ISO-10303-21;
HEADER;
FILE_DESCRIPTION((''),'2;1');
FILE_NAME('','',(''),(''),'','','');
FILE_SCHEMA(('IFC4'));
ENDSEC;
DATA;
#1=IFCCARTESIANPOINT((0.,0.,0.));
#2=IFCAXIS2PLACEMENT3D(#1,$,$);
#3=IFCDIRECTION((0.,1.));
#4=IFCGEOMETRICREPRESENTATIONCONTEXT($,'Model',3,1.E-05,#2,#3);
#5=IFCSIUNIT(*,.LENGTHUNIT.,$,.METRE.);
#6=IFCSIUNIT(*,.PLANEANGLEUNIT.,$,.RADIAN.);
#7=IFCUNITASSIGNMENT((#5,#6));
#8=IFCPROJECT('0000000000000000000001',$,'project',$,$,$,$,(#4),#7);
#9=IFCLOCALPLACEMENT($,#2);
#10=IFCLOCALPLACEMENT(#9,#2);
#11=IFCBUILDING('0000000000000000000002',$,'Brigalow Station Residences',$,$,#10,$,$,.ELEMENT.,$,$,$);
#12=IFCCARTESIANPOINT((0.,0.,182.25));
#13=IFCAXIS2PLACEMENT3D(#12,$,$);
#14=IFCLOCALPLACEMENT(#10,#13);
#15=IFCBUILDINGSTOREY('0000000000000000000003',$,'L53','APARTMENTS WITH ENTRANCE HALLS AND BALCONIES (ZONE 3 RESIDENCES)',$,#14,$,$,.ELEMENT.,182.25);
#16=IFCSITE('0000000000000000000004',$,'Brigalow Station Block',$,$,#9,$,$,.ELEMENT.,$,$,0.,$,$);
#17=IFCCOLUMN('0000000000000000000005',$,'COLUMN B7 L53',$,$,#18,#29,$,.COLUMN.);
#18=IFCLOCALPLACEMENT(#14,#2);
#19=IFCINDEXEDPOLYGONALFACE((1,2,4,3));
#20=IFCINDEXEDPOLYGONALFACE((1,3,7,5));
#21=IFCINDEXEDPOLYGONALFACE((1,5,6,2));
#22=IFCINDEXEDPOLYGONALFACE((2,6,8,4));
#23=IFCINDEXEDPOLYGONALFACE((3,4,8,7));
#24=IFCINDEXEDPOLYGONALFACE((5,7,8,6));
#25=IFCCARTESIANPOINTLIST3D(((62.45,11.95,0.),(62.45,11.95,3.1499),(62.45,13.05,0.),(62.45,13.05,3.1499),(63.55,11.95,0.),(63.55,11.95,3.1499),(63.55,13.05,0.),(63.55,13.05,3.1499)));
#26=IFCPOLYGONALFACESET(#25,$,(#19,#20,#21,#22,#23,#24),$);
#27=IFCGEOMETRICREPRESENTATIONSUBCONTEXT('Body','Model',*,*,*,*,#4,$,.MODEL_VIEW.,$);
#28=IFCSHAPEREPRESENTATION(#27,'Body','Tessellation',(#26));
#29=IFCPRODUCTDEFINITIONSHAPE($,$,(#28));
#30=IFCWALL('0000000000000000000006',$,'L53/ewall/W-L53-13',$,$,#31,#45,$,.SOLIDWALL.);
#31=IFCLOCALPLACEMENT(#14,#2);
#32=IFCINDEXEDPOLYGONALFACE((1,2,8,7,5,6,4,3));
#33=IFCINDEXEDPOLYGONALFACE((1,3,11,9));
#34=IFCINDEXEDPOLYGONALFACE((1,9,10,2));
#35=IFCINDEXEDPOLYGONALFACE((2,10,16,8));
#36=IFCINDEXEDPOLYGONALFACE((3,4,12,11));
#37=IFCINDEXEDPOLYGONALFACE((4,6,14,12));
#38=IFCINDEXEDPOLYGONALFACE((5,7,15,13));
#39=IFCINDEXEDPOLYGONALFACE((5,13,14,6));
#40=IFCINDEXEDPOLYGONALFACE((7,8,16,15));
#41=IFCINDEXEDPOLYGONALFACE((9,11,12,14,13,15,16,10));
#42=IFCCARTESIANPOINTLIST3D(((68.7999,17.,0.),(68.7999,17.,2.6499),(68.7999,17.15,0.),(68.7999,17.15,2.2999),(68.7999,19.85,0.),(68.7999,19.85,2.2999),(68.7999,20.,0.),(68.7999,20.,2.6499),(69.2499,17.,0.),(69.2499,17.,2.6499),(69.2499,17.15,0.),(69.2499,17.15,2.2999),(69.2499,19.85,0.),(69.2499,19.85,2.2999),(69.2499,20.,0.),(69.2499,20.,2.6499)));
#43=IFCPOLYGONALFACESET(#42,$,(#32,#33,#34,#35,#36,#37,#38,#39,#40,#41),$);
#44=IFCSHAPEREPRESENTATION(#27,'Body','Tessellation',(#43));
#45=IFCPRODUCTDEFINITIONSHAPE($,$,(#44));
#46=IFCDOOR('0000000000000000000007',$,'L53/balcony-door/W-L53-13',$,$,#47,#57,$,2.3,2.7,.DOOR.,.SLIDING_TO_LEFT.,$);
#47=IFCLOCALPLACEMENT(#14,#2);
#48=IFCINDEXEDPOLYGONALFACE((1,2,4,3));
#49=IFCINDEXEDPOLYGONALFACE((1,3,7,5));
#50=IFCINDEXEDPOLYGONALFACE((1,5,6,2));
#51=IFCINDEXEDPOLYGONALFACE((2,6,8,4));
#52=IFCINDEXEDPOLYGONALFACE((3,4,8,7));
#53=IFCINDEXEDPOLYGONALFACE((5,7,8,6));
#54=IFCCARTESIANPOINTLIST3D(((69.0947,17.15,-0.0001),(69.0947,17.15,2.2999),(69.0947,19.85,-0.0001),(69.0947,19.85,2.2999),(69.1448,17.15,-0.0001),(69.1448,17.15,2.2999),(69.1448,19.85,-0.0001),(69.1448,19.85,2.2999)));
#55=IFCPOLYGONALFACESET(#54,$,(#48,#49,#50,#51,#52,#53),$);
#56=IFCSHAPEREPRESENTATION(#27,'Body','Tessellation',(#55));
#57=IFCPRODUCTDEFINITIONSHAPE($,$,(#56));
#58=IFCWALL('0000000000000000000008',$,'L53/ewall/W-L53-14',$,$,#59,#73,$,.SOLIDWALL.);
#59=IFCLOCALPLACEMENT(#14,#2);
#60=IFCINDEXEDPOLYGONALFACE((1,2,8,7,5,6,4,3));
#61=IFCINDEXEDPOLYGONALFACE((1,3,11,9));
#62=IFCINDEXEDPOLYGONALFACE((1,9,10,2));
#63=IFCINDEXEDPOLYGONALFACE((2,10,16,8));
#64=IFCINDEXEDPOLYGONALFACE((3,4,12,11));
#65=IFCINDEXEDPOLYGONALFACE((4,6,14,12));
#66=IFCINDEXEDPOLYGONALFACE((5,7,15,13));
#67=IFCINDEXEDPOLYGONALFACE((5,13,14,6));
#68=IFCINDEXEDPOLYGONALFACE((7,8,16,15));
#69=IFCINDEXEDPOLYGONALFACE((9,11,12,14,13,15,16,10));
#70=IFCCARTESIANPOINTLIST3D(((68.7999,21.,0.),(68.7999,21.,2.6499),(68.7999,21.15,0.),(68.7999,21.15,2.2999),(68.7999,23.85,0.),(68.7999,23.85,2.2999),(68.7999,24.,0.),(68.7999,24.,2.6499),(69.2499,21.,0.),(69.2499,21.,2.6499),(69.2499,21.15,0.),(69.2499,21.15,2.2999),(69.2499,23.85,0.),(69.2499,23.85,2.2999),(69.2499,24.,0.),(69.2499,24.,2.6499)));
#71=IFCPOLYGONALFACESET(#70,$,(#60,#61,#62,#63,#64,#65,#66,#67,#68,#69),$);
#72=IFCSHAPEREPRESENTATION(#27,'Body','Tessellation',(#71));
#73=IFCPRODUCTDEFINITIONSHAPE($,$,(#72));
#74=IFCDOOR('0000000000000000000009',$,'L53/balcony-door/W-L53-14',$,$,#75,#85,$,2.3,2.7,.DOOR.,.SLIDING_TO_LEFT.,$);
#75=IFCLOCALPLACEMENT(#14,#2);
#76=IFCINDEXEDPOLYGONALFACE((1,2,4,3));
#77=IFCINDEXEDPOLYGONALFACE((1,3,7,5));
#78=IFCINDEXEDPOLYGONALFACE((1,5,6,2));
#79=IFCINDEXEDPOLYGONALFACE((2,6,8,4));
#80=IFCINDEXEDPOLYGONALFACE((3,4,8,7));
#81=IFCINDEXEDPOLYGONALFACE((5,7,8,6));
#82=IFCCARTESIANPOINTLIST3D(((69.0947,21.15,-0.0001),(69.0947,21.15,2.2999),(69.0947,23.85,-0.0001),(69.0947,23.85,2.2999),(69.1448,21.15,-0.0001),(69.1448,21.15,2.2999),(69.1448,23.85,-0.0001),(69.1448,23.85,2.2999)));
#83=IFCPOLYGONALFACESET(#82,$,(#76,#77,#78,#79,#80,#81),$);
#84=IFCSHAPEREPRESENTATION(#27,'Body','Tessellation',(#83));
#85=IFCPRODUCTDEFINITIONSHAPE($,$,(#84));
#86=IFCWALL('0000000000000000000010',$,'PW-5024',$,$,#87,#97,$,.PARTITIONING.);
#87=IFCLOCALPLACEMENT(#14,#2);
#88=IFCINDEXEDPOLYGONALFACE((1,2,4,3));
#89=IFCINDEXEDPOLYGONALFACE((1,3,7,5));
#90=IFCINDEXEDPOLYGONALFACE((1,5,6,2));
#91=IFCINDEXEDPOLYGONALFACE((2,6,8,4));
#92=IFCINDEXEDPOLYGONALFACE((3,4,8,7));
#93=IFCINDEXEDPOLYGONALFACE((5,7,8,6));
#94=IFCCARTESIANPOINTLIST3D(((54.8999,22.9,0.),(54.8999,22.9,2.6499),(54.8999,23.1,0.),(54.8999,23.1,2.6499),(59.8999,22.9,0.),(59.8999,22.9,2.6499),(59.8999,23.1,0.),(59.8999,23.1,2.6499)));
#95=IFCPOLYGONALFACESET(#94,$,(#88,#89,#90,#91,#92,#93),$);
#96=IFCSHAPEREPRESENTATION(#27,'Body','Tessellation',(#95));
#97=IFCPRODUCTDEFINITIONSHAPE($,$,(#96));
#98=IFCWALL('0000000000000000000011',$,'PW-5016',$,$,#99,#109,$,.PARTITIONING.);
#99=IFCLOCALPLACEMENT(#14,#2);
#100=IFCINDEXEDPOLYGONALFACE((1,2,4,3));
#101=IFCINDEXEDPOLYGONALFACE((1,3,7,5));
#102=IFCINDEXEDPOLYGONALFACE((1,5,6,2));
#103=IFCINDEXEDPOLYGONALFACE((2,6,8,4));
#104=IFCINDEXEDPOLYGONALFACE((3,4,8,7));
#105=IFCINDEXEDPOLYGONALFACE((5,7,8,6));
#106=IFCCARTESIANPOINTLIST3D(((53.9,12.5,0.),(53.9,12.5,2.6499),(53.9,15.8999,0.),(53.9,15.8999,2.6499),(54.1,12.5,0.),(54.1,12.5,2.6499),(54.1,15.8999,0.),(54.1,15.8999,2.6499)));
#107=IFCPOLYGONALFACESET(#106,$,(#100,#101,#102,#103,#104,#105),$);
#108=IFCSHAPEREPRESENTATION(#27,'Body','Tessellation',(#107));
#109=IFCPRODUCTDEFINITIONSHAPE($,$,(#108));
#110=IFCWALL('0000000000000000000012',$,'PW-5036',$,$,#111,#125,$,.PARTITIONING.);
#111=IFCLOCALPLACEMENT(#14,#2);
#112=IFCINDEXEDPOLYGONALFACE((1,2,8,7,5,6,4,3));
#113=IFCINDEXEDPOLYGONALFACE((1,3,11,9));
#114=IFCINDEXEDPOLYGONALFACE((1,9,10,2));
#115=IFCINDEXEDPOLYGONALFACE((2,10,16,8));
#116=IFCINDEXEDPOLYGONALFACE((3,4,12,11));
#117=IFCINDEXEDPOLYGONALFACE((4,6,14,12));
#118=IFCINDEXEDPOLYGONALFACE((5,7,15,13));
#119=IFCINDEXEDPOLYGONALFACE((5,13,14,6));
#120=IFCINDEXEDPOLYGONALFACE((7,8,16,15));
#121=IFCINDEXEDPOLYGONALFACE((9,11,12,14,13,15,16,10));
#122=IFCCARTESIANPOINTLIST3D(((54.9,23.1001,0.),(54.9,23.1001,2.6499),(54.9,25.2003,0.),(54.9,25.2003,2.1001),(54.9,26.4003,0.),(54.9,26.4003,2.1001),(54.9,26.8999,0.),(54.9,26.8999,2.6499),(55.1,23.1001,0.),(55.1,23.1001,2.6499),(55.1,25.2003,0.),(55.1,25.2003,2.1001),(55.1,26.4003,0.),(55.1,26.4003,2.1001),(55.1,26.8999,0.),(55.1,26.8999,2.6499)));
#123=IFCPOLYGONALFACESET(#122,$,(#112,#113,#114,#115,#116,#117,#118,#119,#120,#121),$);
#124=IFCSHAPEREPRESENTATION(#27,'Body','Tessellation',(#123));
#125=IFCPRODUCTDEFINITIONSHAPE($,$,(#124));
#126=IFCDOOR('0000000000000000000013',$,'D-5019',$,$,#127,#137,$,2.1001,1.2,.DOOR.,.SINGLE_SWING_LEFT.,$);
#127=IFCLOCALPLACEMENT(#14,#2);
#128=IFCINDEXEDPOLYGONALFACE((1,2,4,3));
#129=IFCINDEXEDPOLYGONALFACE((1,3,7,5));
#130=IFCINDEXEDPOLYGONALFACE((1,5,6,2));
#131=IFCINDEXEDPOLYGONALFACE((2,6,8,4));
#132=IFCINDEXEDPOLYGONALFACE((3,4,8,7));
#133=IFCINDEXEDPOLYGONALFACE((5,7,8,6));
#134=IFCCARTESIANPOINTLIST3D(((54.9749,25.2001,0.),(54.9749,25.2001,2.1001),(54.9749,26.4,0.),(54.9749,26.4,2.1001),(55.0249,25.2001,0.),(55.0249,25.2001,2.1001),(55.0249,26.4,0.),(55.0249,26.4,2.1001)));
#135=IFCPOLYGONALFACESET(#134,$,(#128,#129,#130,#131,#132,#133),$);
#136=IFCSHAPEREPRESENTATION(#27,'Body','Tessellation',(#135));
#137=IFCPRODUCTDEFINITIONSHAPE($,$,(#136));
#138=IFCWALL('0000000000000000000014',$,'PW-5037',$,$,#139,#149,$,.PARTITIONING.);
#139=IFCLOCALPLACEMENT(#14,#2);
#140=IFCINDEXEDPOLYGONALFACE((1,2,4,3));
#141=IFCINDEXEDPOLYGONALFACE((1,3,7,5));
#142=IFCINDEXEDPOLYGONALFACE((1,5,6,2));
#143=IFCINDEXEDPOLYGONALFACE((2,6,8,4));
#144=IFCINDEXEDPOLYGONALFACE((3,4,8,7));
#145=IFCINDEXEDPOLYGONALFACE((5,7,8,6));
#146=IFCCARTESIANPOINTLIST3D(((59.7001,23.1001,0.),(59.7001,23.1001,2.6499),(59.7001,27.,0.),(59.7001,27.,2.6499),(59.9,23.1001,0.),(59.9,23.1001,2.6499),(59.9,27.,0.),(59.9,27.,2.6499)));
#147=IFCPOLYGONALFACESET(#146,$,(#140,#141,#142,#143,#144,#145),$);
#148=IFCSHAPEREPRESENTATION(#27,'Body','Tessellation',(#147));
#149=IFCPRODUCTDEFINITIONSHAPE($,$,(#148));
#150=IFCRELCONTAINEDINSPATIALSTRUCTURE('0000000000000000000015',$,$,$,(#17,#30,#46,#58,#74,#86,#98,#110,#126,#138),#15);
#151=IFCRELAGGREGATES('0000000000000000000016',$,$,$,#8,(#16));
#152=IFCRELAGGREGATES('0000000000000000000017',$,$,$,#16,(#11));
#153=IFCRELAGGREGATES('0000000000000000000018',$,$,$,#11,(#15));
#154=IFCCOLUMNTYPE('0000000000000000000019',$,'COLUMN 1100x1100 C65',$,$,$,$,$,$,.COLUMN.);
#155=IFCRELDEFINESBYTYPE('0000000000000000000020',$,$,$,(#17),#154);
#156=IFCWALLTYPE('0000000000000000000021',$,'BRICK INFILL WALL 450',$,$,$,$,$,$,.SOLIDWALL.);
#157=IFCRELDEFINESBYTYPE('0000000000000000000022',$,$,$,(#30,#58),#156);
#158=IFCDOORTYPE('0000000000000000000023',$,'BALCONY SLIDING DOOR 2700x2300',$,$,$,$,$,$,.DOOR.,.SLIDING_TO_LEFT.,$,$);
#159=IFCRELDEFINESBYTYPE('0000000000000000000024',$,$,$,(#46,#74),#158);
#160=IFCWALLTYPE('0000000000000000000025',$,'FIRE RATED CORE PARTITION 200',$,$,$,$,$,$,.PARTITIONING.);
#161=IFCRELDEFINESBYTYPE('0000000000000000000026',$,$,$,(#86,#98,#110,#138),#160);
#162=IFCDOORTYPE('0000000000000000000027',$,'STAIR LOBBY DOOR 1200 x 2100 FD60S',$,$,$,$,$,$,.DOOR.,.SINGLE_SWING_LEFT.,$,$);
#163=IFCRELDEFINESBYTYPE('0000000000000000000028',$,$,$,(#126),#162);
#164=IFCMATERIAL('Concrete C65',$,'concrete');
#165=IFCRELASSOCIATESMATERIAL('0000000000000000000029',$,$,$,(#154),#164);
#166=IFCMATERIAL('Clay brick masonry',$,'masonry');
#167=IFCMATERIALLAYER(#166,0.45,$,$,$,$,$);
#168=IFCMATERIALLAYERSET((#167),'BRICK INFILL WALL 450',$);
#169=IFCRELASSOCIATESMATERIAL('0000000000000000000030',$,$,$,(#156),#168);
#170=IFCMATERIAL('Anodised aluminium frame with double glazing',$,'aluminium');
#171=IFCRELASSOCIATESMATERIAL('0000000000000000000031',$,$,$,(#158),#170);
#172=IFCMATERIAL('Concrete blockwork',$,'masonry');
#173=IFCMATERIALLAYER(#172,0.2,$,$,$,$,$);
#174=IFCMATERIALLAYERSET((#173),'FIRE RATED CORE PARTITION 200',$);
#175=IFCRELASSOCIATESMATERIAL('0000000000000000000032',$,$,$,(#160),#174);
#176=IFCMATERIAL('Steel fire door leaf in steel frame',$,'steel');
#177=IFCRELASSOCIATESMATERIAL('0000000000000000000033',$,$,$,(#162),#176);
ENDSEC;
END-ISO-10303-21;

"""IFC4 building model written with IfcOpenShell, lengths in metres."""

from ifc_helpers import new_model, si_unit, direction, frame, frame_2d, origin, origin_2d, place, context, subcontext, project, spatial, rectangle, extrude, material, layer, layer_set, material_profile, profile_set, type_object, element, fill, save


model = new_model("IFC4")

# Units and contexts
model_context = context("Model", 3, precision=1e-05, world=origin(), true_north=direction((0.0, 1.0)))
body_context = subcontext(model_context, "Body", "Model", "MODEL_VIEW")
ifc_project = project(units=[si_unit("LENGTHUNIT", "METRE"), si_unit("PLANEANGLEUNIT", "RADIAN")], contexts=[model_context])

# Site, building, storey
site_placement = place(None, origin())
site = spatial("IfcSite", under=ifc_project, at=site_placement, Name="Brigalow Station Block", CompositionType="ELEMENT", RefElevation=0.0)
building_placement = place(site_placement, origin())
building = spatial("IfcBuilding", under=site, at=building_placement, Name="Brigalow Station Residences", CompositionType="ELEMENT")
storey_placement = place(building_placement, frame((0.0, 0.0, 182.25)))
storey = spatial("IfcBuildingStorey", under=building, at=storey_placement, Name="L53", Description="APARTMENTS WITH ENTRANCE HALLS AND BALCONIES (ZONE 3 RESIDENCES)", CompositionType="ELEMENT", Elevation=182.25)

# Column
ifc_material_1 = material(Name="Concrete C65", Category="concrete")
ifc_material_profile = material_profile(ifc_material_1, rectangle(XDim=1.1001, YDim=1.1001, at=origin_2d()), Name="RC1100x1100")
ifc_profile_set = profile_set([ifc_material_profile], Name="Concrete C65")
column_type = type_object("IfcColumnType", Name="COLUMN 1100x1100 C65", PredefinedType="COLUMN", material=ifc_profile_set)
column_placement = place(storey_placement, frame((63.0, 12.5, 0.0), z_axis=(0.0, 0.0, 1.0), x_axis=(1.0, 0.0, 0.0)))
element("IfcColumn", 1, at=column_placement, inside=storey, type_object=column_type, Name="COLUMN B7 L53", PredefinedType="COLUMN", context=body_context, shape_type="SweptSolid", body=[
    extrude(rectangle(XDim=1.1001, YDim=1.1001, at=origin_2d()), origin(), (0.0, 0.0, 1.0), 3.1499),
])

# Walls, openings, doors
ifc_material_2 = material(Name="Clay brick masonry", Category="masonry")
ifc_layer_1 = layer(ifc_material_2, 0.45)
ifc_layer_set_1 = layer_set([ifc_layer_1], Name="BRICK INFILL WALL 450")
wall_type_1 = type_object("IfcWallType", Name="BRICK INFILL WALL 450", PredefinedType="SOLIDWALL", material=ifc_layer_set_1)
wall_1_placement = place(storey_placement, frame((69.0249, 17.0, 0.0), z_axis=(0.0, 0.0, 1.0), x_axis=(0.0, 1.0, 0.0)))
wall_1 = element("IfcWall", 2, at=wall_1_placement, inside=storey, type_object=wall_type_1, Name="L53/ewall/W-L53-13", PredefinedType="SOLIDWALL", context=body_context, shape_type="SweptSolid", body=[
    extrude(rectangle(XDim=3.0, YDim=0.45, at=frame_2d((1.5, 0.0))), origin(), (0.0, 0.0, 1.0), 2.6499),
])
opening_1_placement = place(wall_1_placement, frame((0.1499, 0.0, 0.0)))
opening_1 = element("IfcOpeningElement", 3, at=opening_1_placement, cuts=wall_1, PredefinedType="OPENING", context=body_context, shape_type="SweptSolid", body=[
    extrude(rectangle(XDim=2.7, YDim=2.3, at=frame_2d((1.3501, 1.1499))), frame((0.0, 0.2349, 0.0), z_axis=(0.0, -1.0, 0.0), x_axis=(1.0, 0.0, 0.0)), (0.0, 0.0, 1.0), 0.47),
])
ifc_material_3 = material(Name="Anodised aluminium frame with double glazing", Category="aluminium")
door_type_1 = type_object("IfcDoorType", Name="BALCONY SLIDING DOOR 2700x2300", OperationType="SLIDING_TO_LEFT", PredefinedType="DOOR", material=ifc_material_3)
door_1_placement = place(opening_1_placement, origin())
door_1 = element("IfcDoor", 4, at=door_1_placement, inside=storey, type_object=door_type_1, Name="L53/balcony-door/W-L53-13", OperationType="SLIDING_TO_LEFT", OverallHeight=2.3, OverallWidth=2.7, PredefinedType="DOOR", context=body_context, shape_type="SweptSolid", body=[
    extrude(rectangle(XDim=2.7, YDim=2.3, at=frame_2d((1.3501, 1.1499))), frame((0.0, -0.0698, 0.0), z_axis=(0.0, -1.0, 0.0), x_axis=(1.0, 0.0, 0.0)), (0.0, 0.0, 1.0), 0.05),
])
fill(opening_1, door_1)
wall_2_placement = place(storey_placement, frame((69.0249, 21.0, 0.0), z_axis=(0.0, 0.0, 1.0), x_axis=(0.0, 1.0, 0.0)))
wall_2 = element("IfcWall", 5, at=wall_2_placement, inside=storey, type_object=wall_type_1, Name="L53/ewall/W-L53-14", PredefinedType="SOLIDWALL", context=body_context, shape_type="SweptSolid", body=[
    extrude(rectangle(XDim=3.0, YDim=0.45, at=frame_2d((1.5, 0.0))), origin(), (0.0, 0.0, 1.0), 2.6499),
])
opening_2_placement = place(wall_2_placement, frame((0.1499, 0.0, 0.0)))
opening_2 = element("IfcOpeningElement", 6, at=opening_2_placement, cuts=wall_2, PredefinedType="OPENING", context=body_context, shape_type="SweptSolid", body=[
    extrude(rectangle(XDim=2.7, YDim=2.3, at=frame_2d((1.3501, 1.1499))), frame((0.0, 0.2349, 0.0), z_axis=(0.0, -1.0, 0.0), x_axis=(1.0, 0.0, 0.0)), (0.0, 0.0, 1.0), 0.47),
])
door_2_placement = place(opening_2_placement, origin())
door_2 = element("IfcDoor", 7, at=door_2_placement, inside=storey, type_object=door_type_1, Name="L53/balcony-door/W-L53-14", OperationType="SLIDING_TO_LEFT", OverallHeight=2.3, OverallWidth=2.7, PredefinedType="DOOR", context=body_context, shape_type="SweptSolid", body=[
    extrude(rectangle(XDim=2.7, YDim=2.3, at=frame_2d((1.3501, 1.1499))), frame((0.0, -0.0698, 0.0), z_axis=(0.0, -1.0, 0.0), x_axis=(1.0, 0.0, 0.0)), (0.0, 0.0, 1.0), 0.05),
])
fill(opening_2, door_2)

# Walls
ifc_material_4 = material(Name="Concrete blockwork", Category="masonry")
ifc_layer_2 = layer(ifc_material_4, 0.2)
ifc_layer_set_2 = layer_set([ifc_layer_2], Name="FIRE RATED CORE PARTITION 200")
wall_type_2 = type_object("IfcWallType", Name="FIRE RATED CORE PARTITION 200", PredefinedType="PARTITIONING", material=ifc_layer_set_2)
wall_3_placement = place(storey_placement, frame((54.8999, 23.0, 0.0), z_axis=(0.0, 0.0, 1.0), x_axis=(1.0, 0.0, 0.0)))
element("IfcWall", 8, at=wall_3_placement, inside=storey, type_object=wall_type_2, Name="PW-5024", PredefinedType="PARTITIONING", context=body_context, shape_type="SweptSolid", body=[
    extrude(rectangle(XDim=5.0, YDim=0.2, at=frame_2d((2.5, 0.0))), origin(), (0.0, 0.0, 1.0), 2.6499),
])
wall_4_placement = place(storey_placement, frame((54.0, 12.5, 0.0), z_axis=(0.0, 0.0, 1.0), x_axis=(0.0, 1.0, 0.0)))
element("IfcWall", 9, at=wall_4_placement, inside=storey, type_object=wall_type_2, Name="PW-5016", PredefinedType="PARTITIONING", context=body_context, shape_type="SweptSolid", body=[
    extrude(rectangle(XDim=3.3999, YDim=0.2, at=frame_2d((1.7, 0.0))), origin(), (0.0, 0.0, 1.0), 2.6499),
])

# Wall, opening, door
wall_5_placement = place(storey_placement, frame((55.0, 23.1001, 0.0), z_axis=(0.0, 0.0, 1.0), x_axis=(0.0, 1.0, 0.0)))
wall_5 = element("IfcWall", 10, at=wall_5_placement, inside=storey, type_object=wall_type_2, Name="PW-5036", PredefinedType="PARTITIONING", context=body_context, shape_type="SweptSolid", body=[
    extrude(rectangle(XDim=3.7998, YDim=0.2, at=frame_2d((1.8999, 0.0))), origin(), (0.0, 0.0, 1.0), 2.6499),
])
opening_3_placement = place(wall_5_placement, frame((2.1001, 0.0, 0.0)))
opening_3 = element("IfcOpeningElement", 11, at=opening_3_placement, cuts=wall_5, PredefinedType="OPENING", context=body_context, shape_type="SweptSolid", body=[
    extrude(rectangle(XDim=1.2, YDim=2.1001, at=frame_2d((0.6001, 1.05))), frame((0.0, 0.1099, 0.0), z_axis=(0.0, -1.0, 0.0), x_axis=(1.0, 0.0, 0.0)), (0.0, 0.0, 1.0), 0.22),
])
ifc_material_5 = material(Name="Steel fire door leaf in steel frame", Category="steel")
door_type_2 = type_object("IfcDoorType", Name="STAIR LOBBY DOOR 1200 x 2100 FD60S", OperationType="SINGLE_SWING_LEFT", PredefinedType="DOOR", material=ifc_material_5)
door_3_placement = place(opening_3_placement, frame((1.2, 0.0, 0.0), z_axis=(0.0, 0.0, 1.0), x_axis=(-1.0, 0.0, 0.0)))
door_3 = element("IfcDoor", 12, at=door_3_placement, inside=storey, type_object=door_type_2, Name="D-5019", OperationType="SINGLE_SWING_LEFT", OverallHeight=2.1001, OverallWidth=1.2, PredefinedType="DOOR", context=body_context, shape_type="SweptSolid", body=[
    extrude(rectangle(XDim=1.2, YDim=2.1001, at=frame_2d((0.6001, 1.05))), frame((0.0, 0.0249, 0.0), z_axis=(0.0, -1.0, 0.0), x_axis=(1.0, 0.0, 0.0)), (0.0, 0.0, 1.0), 0.05),
])
fill(opening_3, door_3)

# Wall
wall_6_placement = place(storey_placement, frame((59.8, 23.1001, 0.0), z_axis=(0.0, 0.0, 1.0), x_axis=(0.0, 1.0, 0.0)))
element("IfcWall", 13, at=wall_6_placement, inside=storey, type_object=wall_type_2, Name="PW-5037", PredefinedType="PARTITIONING", context=body_context, shape_type="SweptSolid", body=[
    extrude(rectangle(XDim=3.8999, YDim=0.2, at=frame_2d((1.95, 0.0))), origin(), (0.0, 0.0, 1.0), 2.6499),
])

save(model, "model.ifc")
